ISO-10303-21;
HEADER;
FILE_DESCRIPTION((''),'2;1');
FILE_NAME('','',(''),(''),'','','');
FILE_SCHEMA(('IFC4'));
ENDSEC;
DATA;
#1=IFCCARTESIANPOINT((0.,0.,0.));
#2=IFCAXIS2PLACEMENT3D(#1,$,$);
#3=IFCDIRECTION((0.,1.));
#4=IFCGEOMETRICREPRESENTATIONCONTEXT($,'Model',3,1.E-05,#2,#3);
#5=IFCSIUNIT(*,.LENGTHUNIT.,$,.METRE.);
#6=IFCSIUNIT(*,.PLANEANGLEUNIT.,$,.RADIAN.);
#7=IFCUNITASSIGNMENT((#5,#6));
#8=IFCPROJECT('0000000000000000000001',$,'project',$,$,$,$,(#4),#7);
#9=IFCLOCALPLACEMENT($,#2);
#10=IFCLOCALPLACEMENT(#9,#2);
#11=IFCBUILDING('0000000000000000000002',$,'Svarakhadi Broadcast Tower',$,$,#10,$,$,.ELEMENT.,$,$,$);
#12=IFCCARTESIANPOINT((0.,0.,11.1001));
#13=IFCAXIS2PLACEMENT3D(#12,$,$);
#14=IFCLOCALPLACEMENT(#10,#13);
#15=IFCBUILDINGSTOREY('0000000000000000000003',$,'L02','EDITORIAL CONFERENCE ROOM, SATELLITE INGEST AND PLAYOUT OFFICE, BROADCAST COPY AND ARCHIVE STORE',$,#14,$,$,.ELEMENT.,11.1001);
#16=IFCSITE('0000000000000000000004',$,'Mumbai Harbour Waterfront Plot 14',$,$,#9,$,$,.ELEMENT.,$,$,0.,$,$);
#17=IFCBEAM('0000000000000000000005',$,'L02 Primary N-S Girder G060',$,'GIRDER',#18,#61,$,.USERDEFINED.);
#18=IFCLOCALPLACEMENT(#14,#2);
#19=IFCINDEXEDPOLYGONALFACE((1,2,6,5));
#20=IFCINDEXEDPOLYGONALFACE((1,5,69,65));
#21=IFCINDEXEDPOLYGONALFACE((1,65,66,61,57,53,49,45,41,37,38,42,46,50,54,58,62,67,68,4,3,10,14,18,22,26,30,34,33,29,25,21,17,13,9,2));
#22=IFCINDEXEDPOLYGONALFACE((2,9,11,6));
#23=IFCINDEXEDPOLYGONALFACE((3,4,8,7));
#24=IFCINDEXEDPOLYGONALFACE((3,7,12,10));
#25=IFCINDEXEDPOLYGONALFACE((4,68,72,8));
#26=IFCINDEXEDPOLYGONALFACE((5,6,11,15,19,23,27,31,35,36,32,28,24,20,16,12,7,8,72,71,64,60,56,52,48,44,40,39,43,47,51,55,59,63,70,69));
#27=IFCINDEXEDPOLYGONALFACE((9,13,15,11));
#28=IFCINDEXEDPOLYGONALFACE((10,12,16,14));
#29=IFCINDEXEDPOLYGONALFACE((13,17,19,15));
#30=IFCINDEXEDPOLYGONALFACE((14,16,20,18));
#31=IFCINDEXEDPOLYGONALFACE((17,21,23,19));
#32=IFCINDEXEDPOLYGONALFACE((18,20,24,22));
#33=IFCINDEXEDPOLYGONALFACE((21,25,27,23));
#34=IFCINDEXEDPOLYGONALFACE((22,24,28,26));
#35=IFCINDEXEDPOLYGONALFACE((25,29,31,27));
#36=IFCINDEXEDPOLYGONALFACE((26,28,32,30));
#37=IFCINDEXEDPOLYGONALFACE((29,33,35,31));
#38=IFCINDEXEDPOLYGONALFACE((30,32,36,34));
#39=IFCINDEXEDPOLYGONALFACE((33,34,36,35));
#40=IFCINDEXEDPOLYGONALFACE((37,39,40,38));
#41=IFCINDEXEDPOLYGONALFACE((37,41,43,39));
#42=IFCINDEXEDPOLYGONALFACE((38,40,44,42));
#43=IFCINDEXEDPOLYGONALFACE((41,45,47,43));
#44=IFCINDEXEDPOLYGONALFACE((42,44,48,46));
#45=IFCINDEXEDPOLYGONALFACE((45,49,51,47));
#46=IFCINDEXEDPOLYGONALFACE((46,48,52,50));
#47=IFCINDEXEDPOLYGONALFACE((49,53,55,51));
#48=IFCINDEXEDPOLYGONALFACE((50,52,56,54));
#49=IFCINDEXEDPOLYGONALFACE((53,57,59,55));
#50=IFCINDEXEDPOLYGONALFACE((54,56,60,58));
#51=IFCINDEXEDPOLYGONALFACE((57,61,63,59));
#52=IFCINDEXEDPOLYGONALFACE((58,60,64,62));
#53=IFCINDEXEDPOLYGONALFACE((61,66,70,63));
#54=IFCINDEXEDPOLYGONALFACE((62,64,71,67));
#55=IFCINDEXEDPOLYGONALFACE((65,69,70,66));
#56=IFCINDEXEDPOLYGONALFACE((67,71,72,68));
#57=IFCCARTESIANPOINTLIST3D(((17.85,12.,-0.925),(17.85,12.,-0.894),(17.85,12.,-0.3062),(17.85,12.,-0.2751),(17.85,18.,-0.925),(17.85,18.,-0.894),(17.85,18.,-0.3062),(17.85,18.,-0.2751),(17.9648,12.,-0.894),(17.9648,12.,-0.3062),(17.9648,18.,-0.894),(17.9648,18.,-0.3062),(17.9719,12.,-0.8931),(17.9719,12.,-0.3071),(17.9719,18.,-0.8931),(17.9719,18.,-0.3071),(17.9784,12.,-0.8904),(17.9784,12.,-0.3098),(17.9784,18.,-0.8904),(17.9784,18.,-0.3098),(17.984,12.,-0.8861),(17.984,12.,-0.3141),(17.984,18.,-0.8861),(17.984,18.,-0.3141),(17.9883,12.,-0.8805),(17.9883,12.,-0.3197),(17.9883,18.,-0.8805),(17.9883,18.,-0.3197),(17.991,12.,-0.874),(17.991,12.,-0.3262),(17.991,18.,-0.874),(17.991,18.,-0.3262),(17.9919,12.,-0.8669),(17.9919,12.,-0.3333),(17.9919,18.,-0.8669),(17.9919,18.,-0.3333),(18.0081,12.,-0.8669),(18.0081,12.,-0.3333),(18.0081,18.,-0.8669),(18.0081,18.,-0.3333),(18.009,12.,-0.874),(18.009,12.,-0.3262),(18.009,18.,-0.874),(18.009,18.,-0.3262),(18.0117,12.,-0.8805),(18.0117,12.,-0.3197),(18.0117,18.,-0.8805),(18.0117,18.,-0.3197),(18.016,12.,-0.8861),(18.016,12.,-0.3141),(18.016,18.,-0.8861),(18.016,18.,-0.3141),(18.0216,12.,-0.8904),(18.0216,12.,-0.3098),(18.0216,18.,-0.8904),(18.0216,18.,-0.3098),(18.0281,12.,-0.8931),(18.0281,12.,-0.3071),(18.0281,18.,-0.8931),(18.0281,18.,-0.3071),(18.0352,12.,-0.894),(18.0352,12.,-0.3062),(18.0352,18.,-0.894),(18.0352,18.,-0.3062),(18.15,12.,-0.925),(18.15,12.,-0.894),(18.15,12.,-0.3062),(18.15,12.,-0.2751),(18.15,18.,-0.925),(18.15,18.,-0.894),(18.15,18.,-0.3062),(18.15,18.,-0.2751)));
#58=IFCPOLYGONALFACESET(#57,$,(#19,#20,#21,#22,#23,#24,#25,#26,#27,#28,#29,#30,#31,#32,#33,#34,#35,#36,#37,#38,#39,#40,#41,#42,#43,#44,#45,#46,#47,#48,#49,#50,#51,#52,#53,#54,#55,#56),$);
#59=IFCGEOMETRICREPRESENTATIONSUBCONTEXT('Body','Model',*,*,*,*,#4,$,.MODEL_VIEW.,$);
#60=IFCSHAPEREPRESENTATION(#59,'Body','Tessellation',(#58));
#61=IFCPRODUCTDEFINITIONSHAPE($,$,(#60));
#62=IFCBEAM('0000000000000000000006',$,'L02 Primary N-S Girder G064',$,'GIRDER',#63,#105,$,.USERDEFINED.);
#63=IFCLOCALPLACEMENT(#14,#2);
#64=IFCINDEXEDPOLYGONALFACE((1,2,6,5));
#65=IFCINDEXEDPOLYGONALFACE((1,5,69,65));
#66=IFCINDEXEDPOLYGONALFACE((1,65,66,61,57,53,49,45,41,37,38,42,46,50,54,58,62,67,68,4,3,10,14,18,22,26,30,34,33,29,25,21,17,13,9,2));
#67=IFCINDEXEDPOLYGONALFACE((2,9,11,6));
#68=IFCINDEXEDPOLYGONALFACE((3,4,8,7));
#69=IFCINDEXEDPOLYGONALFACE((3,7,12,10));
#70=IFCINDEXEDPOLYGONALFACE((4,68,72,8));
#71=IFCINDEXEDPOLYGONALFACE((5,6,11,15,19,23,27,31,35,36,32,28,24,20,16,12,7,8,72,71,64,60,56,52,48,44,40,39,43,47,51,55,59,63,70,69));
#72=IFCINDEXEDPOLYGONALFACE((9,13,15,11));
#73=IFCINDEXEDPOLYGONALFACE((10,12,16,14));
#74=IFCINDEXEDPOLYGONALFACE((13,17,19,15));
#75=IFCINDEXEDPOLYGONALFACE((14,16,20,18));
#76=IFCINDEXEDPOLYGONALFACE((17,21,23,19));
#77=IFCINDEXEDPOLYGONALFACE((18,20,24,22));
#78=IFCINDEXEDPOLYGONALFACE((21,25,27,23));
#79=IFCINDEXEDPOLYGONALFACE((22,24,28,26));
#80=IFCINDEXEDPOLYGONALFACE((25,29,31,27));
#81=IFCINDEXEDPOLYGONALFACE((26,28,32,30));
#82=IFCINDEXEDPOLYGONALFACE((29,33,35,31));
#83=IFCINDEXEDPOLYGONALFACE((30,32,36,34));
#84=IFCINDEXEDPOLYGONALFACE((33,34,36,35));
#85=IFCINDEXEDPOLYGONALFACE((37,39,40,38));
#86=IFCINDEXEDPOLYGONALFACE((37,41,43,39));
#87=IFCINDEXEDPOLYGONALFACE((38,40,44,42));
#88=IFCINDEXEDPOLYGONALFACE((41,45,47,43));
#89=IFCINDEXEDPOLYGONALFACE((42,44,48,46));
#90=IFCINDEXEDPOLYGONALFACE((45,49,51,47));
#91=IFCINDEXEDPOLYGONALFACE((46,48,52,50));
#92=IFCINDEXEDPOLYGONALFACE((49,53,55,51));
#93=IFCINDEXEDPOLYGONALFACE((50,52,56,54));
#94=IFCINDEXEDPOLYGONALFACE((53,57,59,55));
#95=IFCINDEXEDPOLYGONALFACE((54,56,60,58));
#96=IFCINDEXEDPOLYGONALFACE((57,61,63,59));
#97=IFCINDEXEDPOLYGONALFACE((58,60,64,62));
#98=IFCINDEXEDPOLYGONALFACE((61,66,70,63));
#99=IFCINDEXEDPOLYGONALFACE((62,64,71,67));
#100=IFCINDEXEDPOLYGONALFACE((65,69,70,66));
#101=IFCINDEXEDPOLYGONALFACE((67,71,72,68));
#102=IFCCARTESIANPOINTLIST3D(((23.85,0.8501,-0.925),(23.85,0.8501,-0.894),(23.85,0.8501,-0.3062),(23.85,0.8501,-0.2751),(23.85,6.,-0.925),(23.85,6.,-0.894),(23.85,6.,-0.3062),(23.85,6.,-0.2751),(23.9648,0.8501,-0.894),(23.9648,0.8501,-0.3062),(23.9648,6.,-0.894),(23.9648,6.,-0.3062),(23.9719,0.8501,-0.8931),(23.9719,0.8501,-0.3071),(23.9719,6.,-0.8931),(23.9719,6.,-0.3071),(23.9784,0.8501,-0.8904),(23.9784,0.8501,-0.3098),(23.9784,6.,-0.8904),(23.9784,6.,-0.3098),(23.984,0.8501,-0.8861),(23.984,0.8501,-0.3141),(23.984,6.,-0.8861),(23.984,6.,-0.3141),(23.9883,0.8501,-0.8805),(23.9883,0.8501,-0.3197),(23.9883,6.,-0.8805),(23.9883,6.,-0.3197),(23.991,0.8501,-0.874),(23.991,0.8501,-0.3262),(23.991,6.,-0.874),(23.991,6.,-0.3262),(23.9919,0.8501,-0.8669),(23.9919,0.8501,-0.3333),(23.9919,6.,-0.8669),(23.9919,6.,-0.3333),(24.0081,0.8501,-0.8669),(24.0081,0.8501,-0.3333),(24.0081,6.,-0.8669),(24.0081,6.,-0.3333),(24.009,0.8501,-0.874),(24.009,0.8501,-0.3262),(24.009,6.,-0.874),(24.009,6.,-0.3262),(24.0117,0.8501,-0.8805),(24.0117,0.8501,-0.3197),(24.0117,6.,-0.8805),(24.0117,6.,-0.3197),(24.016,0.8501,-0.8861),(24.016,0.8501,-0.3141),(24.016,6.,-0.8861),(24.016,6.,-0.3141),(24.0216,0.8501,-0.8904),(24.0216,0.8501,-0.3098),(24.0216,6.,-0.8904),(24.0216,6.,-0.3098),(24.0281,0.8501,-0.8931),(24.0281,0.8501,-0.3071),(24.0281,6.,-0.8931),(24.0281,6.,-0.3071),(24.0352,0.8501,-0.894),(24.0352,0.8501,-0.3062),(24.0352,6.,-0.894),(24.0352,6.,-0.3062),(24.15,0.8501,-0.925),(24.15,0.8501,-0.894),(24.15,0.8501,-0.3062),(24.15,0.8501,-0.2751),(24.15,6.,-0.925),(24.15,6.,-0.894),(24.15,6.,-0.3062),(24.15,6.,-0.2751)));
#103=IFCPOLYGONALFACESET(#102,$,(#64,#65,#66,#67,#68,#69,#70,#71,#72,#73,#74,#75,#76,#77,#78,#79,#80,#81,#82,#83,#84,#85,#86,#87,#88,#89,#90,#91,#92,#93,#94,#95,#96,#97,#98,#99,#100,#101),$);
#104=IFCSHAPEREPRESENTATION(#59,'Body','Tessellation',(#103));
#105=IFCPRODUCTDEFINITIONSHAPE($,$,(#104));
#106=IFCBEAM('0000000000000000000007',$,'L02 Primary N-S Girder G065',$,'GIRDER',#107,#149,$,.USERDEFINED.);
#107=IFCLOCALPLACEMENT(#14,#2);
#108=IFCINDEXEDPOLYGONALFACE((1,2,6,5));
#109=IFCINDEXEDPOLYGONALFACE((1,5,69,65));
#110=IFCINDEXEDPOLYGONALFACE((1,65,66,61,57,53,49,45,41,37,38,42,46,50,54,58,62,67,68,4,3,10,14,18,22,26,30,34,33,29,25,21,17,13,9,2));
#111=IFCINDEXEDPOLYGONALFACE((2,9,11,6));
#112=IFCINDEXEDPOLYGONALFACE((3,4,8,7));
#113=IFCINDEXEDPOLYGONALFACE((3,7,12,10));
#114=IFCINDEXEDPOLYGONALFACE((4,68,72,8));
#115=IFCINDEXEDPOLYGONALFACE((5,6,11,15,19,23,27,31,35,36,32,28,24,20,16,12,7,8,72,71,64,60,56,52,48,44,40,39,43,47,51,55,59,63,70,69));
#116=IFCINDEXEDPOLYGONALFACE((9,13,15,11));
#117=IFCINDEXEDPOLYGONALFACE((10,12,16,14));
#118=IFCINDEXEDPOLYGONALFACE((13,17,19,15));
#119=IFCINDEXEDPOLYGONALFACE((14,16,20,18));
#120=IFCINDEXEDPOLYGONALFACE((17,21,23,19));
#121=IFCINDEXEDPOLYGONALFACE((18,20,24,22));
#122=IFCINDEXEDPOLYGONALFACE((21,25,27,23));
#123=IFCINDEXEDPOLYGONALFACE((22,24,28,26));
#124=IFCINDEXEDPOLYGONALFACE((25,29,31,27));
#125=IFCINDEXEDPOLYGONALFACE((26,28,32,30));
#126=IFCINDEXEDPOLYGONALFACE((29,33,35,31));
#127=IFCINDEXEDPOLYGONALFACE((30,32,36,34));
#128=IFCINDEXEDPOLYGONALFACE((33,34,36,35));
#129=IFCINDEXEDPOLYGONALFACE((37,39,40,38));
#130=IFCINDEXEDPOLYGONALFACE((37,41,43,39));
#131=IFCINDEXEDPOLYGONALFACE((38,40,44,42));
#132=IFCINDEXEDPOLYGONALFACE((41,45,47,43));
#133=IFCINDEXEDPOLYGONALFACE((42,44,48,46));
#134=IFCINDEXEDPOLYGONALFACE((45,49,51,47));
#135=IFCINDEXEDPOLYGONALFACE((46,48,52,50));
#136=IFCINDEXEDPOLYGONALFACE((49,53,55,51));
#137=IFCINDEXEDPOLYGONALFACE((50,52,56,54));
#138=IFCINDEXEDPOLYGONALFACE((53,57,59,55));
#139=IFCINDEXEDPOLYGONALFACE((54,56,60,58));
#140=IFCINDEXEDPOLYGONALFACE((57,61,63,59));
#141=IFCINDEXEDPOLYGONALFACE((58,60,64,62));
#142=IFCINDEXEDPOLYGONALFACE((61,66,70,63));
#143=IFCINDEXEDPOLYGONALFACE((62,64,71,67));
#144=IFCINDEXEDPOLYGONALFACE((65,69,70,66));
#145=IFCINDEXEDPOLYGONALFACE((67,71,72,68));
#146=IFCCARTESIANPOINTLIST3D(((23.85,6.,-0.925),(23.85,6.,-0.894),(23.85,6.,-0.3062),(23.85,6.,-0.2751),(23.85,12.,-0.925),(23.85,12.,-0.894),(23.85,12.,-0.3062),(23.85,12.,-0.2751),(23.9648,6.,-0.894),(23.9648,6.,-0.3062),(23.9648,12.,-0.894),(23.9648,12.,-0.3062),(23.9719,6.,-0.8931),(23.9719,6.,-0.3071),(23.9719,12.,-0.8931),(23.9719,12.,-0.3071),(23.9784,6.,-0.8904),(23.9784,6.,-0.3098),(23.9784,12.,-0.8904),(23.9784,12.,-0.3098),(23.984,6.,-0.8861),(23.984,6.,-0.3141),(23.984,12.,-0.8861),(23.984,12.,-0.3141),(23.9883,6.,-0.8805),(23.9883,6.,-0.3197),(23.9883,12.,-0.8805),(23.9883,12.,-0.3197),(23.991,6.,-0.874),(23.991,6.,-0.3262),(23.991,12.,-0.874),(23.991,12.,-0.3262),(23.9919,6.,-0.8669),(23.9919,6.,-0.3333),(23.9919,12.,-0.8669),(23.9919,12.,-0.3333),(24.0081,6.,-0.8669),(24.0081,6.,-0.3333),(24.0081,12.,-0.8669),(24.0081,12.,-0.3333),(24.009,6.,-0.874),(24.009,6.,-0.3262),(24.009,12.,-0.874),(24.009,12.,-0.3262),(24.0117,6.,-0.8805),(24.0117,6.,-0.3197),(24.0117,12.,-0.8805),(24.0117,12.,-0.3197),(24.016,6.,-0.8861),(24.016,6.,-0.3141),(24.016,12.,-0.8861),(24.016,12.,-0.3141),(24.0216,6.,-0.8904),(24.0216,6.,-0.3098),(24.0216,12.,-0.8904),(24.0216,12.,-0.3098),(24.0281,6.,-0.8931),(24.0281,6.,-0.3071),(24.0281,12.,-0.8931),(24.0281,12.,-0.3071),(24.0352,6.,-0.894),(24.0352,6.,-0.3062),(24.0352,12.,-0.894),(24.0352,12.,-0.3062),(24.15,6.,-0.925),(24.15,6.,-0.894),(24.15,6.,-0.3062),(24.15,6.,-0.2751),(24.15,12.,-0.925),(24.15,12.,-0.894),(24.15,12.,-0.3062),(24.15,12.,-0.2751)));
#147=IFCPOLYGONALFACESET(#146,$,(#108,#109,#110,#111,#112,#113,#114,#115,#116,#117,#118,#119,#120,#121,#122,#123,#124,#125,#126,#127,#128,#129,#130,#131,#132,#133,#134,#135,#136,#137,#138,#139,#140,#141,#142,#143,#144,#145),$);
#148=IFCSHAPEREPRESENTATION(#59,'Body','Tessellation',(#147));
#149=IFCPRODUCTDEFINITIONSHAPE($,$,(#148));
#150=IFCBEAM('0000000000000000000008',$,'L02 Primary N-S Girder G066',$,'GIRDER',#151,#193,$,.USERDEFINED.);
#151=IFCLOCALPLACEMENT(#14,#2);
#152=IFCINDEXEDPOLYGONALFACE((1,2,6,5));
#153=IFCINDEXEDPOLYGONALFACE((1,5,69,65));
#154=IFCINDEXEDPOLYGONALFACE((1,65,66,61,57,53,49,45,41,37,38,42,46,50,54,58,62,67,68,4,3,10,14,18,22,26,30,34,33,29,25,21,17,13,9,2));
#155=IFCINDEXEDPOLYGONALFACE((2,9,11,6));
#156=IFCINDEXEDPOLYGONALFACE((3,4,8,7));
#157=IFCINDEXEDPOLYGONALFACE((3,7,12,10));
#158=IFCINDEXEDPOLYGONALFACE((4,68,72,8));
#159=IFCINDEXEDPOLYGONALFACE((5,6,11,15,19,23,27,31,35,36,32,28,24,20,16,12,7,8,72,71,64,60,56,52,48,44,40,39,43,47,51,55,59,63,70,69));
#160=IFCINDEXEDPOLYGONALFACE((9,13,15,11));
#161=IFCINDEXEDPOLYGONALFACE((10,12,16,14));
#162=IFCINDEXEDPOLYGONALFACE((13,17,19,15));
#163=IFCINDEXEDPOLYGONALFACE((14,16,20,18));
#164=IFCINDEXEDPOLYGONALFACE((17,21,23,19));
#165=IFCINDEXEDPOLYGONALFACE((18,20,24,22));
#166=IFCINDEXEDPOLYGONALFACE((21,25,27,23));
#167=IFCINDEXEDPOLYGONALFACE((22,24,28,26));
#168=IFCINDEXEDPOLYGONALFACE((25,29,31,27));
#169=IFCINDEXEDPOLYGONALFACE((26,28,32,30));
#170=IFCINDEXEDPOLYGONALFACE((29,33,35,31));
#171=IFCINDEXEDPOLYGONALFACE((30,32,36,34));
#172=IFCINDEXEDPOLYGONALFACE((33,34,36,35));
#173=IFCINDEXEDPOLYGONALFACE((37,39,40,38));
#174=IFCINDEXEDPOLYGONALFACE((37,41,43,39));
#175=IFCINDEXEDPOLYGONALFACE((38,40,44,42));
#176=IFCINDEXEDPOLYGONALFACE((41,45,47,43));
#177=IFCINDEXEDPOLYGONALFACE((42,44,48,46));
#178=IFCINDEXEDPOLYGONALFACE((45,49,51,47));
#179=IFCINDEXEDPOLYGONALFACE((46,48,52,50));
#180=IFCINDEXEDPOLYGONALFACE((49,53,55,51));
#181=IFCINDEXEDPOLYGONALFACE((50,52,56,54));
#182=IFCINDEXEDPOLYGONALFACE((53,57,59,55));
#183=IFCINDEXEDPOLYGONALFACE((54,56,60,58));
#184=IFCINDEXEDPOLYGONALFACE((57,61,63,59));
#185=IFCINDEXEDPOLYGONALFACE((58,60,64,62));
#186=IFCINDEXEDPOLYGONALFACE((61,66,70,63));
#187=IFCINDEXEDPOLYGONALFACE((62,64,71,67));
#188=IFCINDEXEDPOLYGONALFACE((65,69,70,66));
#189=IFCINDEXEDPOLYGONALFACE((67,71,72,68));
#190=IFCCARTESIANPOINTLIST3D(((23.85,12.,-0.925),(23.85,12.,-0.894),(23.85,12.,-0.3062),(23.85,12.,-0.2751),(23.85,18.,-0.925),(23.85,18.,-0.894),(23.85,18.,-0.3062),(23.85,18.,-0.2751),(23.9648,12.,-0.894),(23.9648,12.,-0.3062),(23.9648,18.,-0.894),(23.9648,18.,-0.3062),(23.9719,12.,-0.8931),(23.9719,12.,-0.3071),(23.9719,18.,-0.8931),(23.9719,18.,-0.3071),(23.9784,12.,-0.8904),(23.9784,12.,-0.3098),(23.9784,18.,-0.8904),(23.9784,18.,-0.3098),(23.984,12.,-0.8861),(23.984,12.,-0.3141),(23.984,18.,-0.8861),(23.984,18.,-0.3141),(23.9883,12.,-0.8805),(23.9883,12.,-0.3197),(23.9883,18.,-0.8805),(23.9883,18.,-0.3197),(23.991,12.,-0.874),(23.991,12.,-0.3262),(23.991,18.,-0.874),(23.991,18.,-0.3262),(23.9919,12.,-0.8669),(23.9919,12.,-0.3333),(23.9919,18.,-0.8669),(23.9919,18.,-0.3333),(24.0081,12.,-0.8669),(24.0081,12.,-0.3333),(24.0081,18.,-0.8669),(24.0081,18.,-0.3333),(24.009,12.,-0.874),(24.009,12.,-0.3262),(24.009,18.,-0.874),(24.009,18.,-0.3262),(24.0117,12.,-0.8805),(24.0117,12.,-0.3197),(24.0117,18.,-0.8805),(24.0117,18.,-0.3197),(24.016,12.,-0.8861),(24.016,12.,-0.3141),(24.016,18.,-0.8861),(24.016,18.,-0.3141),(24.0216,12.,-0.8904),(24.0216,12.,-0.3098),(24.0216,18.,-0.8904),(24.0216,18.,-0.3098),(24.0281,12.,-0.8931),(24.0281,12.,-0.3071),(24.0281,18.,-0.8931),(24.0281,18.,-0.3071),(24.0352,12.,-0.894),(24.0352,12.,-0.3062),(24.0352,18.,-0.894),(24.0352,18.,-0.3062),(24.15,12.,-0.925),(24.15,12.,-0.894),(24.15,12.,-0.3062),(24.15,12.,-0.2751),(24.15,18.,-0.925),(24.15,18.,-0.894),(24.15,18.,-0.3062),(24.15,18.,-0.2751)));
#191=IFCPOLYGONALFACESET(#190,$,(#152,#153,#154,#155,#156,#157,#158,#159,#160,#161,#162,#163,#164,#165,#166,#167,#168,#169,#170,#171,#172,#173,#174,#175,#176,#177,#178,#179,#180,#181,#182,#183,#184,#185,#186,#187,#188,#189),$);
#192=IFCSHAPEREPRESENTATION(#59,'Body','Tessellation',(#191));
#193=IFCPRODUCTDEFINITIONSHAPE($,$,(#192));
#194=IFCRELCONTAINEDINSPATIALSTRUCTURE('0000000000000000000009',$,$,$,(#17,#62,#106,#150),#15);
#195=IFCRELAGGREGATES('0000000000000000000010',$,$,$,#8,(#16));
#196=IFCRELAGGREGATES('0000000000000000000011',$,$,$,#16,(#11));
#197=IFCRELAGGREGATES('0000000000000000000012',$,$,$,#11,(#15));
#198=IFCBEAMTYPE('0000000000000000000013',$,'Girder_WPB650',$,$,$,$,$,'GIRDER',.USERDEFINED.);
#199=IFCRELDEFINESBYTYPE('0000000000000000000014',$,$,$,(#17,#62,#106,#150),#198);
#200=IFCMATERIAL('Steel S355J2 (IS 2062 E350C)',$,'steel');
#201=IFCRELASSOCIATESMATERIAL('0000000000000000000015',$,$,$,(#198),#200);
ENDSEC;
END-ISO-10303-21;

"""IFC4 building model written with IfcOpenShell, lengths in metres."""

from ifc_helpers import new_model, si_unit, direction, frame, origin, origin_2d, place, context, subcontext, project, spatial, i_section, extrude, material, material_profile, profile_set, type_object, element, save


model = new_model("IFC4")

# Units and contexts
model_context = context("Model", 3, precision=1e-05, world=origin(), true_north=direction((0.0, 1.0)))
body_context = subcontext(model_context, "Body", "Model", "MODEL_VIEW")
ifc_project = project(units=[si_unit("LENGTHUNIT", "METRE"), si_unit("PLANEANGLEUNIT", "RADIAN")], contexts=[model_context])

# Site, building, storey
site_placement = place(None, origin())
site = spatial("IfcSite", under=ifc_project, at=site_placement, Name="Mumbai Harbour Waterfront Plot 14", CompositionType="ELEMENT", RefElevation=0.0)
building_placement = place(site_placement, origin())
building = spatial("IfcBuilding", under=site, at=building_placement, Name="Svarakhadi Broadcast Tower", CompositionType="ELEMENT")
storey_placement = place(building_placement, frame((0.0, 0.0, 11.1001)))
storey = spatial("IfcBuildingStorey", under=building, at=storey_placement, Name="L02", Description="EDITORIAL CONFERENCE ROOM, SATELLITE INGEST AND PLAYOUT OFFICE, BROADCAST COPY AND ARCHIVE STORE", CompositionType="ELEMENT", Elevation=11.1001)

# Shared definitions
ifc_material_1 = material(Name="Steel S355J2 (IS 2062 E350C)", Category="steel")

# Beams
ifc_material_profile_1 = material_profile(ifc_material_1, i_section(OverallWidth=0.3, OverallDepth=0.6499, WebThickness=0.0161, FlangeThickness=0.031, FilletRadius=0.0271, at=origin_2d()), Name="WPB 650x300x225")
ifc_profile_set_1 = profile_set([ifc_material_profile_1], Name="Steel S355J2 (IS 2062 E350C)")
beam_type_1 = type_object("IfcBeamType", Name="Girder_WPB650", ElementType="GIRDER", PredefinedType="USERDEFINED", material=ifc_profile_set_1)
for number, where, z_axis, x_axis, name in (
    (1, (18.0, 12.0, -0.6001), (0.0, 1.0, 0.0), (-1.0, 0.0, 0.0), "L02 Primary N-S Girder G060"),
):
    element("IfcBeam", number, at=place(storey_placement, frame(where, z_axis=z_axis, x_axis=x_axis)), inside=storey, type_object=beam_type_1, Name=name, ObjectType="GIRDER", PredefinedType="USERDEFINED", context=body_context, shape_type="SweptSolid", body=[
        extrude(i_section(OverallWidth=0.3, OverallDepth=0.6499, WebThickness=0.0161, FlangeThickness=0.031, FilletRadius=0.0271, at=origin_2d()), origin(), (0.0, 0.0, 1.0), 6.0),
    ])
beam_1_placement = place(storey_placement, frame((24.0, 0.8501, -0.6001), z_axis=(0.0, 1.0, 0.0), x_axis=(-1.0, 0.0, 0.0)))
element("IfcBeam", 2, at=beam_1_placement, inside=storey, type_object=beam_type_1, Name="L02 Primary N-S Girder G064", ObjectType="GIRDER", PredefinedType="USERDEFINED", context=body_context, shape_type="SweptSolid", body=[
    extrude(i_section(OverallWidth=0.3, OverallDepth=0.6499, WebThickness=0.0161, FlangeThickness=0.031, FilletRadius=0.0271, at=origin_2d()), origin(), (0.0, 0.0, 1.0), 5.1499),
])
for number, where, z_axis, x_axis, name in (
    (3, (24.0, 6.0, -0.6001), (0.0, 1.0, 0.0), (-1.0, 0.0, 0.0), "L02 Primary N-S Girder G065"),
    (4, (24.0, 12.0, -0.6001), (0.0, 1.0, 0.0), (-1.0, 0.0, 0.0), "L02 Primary N-S Girder G066"),
):
    element("IfcBeam", number, at=place(storey_placement, frame(where, z_axis=z_axis, x_axis=x_axis)), inside=storey, type_object=beam_type_1, Name=name, ObjectType="GIRDER", PredefinedType="USERDEFINED", context=body_context, shape_type="SweptSolid", body=[
        extrude(i_section(OverallWidth=0.3, OverallDepth=0.6499, WebThickness=0.0161, FlangeThickness=0.031, FilletRadius=0.0271, at=origin_2d()), origin(), (0.0, 0.0, 1.0), 6.0),
    ])

save(model, "model.ifc")
